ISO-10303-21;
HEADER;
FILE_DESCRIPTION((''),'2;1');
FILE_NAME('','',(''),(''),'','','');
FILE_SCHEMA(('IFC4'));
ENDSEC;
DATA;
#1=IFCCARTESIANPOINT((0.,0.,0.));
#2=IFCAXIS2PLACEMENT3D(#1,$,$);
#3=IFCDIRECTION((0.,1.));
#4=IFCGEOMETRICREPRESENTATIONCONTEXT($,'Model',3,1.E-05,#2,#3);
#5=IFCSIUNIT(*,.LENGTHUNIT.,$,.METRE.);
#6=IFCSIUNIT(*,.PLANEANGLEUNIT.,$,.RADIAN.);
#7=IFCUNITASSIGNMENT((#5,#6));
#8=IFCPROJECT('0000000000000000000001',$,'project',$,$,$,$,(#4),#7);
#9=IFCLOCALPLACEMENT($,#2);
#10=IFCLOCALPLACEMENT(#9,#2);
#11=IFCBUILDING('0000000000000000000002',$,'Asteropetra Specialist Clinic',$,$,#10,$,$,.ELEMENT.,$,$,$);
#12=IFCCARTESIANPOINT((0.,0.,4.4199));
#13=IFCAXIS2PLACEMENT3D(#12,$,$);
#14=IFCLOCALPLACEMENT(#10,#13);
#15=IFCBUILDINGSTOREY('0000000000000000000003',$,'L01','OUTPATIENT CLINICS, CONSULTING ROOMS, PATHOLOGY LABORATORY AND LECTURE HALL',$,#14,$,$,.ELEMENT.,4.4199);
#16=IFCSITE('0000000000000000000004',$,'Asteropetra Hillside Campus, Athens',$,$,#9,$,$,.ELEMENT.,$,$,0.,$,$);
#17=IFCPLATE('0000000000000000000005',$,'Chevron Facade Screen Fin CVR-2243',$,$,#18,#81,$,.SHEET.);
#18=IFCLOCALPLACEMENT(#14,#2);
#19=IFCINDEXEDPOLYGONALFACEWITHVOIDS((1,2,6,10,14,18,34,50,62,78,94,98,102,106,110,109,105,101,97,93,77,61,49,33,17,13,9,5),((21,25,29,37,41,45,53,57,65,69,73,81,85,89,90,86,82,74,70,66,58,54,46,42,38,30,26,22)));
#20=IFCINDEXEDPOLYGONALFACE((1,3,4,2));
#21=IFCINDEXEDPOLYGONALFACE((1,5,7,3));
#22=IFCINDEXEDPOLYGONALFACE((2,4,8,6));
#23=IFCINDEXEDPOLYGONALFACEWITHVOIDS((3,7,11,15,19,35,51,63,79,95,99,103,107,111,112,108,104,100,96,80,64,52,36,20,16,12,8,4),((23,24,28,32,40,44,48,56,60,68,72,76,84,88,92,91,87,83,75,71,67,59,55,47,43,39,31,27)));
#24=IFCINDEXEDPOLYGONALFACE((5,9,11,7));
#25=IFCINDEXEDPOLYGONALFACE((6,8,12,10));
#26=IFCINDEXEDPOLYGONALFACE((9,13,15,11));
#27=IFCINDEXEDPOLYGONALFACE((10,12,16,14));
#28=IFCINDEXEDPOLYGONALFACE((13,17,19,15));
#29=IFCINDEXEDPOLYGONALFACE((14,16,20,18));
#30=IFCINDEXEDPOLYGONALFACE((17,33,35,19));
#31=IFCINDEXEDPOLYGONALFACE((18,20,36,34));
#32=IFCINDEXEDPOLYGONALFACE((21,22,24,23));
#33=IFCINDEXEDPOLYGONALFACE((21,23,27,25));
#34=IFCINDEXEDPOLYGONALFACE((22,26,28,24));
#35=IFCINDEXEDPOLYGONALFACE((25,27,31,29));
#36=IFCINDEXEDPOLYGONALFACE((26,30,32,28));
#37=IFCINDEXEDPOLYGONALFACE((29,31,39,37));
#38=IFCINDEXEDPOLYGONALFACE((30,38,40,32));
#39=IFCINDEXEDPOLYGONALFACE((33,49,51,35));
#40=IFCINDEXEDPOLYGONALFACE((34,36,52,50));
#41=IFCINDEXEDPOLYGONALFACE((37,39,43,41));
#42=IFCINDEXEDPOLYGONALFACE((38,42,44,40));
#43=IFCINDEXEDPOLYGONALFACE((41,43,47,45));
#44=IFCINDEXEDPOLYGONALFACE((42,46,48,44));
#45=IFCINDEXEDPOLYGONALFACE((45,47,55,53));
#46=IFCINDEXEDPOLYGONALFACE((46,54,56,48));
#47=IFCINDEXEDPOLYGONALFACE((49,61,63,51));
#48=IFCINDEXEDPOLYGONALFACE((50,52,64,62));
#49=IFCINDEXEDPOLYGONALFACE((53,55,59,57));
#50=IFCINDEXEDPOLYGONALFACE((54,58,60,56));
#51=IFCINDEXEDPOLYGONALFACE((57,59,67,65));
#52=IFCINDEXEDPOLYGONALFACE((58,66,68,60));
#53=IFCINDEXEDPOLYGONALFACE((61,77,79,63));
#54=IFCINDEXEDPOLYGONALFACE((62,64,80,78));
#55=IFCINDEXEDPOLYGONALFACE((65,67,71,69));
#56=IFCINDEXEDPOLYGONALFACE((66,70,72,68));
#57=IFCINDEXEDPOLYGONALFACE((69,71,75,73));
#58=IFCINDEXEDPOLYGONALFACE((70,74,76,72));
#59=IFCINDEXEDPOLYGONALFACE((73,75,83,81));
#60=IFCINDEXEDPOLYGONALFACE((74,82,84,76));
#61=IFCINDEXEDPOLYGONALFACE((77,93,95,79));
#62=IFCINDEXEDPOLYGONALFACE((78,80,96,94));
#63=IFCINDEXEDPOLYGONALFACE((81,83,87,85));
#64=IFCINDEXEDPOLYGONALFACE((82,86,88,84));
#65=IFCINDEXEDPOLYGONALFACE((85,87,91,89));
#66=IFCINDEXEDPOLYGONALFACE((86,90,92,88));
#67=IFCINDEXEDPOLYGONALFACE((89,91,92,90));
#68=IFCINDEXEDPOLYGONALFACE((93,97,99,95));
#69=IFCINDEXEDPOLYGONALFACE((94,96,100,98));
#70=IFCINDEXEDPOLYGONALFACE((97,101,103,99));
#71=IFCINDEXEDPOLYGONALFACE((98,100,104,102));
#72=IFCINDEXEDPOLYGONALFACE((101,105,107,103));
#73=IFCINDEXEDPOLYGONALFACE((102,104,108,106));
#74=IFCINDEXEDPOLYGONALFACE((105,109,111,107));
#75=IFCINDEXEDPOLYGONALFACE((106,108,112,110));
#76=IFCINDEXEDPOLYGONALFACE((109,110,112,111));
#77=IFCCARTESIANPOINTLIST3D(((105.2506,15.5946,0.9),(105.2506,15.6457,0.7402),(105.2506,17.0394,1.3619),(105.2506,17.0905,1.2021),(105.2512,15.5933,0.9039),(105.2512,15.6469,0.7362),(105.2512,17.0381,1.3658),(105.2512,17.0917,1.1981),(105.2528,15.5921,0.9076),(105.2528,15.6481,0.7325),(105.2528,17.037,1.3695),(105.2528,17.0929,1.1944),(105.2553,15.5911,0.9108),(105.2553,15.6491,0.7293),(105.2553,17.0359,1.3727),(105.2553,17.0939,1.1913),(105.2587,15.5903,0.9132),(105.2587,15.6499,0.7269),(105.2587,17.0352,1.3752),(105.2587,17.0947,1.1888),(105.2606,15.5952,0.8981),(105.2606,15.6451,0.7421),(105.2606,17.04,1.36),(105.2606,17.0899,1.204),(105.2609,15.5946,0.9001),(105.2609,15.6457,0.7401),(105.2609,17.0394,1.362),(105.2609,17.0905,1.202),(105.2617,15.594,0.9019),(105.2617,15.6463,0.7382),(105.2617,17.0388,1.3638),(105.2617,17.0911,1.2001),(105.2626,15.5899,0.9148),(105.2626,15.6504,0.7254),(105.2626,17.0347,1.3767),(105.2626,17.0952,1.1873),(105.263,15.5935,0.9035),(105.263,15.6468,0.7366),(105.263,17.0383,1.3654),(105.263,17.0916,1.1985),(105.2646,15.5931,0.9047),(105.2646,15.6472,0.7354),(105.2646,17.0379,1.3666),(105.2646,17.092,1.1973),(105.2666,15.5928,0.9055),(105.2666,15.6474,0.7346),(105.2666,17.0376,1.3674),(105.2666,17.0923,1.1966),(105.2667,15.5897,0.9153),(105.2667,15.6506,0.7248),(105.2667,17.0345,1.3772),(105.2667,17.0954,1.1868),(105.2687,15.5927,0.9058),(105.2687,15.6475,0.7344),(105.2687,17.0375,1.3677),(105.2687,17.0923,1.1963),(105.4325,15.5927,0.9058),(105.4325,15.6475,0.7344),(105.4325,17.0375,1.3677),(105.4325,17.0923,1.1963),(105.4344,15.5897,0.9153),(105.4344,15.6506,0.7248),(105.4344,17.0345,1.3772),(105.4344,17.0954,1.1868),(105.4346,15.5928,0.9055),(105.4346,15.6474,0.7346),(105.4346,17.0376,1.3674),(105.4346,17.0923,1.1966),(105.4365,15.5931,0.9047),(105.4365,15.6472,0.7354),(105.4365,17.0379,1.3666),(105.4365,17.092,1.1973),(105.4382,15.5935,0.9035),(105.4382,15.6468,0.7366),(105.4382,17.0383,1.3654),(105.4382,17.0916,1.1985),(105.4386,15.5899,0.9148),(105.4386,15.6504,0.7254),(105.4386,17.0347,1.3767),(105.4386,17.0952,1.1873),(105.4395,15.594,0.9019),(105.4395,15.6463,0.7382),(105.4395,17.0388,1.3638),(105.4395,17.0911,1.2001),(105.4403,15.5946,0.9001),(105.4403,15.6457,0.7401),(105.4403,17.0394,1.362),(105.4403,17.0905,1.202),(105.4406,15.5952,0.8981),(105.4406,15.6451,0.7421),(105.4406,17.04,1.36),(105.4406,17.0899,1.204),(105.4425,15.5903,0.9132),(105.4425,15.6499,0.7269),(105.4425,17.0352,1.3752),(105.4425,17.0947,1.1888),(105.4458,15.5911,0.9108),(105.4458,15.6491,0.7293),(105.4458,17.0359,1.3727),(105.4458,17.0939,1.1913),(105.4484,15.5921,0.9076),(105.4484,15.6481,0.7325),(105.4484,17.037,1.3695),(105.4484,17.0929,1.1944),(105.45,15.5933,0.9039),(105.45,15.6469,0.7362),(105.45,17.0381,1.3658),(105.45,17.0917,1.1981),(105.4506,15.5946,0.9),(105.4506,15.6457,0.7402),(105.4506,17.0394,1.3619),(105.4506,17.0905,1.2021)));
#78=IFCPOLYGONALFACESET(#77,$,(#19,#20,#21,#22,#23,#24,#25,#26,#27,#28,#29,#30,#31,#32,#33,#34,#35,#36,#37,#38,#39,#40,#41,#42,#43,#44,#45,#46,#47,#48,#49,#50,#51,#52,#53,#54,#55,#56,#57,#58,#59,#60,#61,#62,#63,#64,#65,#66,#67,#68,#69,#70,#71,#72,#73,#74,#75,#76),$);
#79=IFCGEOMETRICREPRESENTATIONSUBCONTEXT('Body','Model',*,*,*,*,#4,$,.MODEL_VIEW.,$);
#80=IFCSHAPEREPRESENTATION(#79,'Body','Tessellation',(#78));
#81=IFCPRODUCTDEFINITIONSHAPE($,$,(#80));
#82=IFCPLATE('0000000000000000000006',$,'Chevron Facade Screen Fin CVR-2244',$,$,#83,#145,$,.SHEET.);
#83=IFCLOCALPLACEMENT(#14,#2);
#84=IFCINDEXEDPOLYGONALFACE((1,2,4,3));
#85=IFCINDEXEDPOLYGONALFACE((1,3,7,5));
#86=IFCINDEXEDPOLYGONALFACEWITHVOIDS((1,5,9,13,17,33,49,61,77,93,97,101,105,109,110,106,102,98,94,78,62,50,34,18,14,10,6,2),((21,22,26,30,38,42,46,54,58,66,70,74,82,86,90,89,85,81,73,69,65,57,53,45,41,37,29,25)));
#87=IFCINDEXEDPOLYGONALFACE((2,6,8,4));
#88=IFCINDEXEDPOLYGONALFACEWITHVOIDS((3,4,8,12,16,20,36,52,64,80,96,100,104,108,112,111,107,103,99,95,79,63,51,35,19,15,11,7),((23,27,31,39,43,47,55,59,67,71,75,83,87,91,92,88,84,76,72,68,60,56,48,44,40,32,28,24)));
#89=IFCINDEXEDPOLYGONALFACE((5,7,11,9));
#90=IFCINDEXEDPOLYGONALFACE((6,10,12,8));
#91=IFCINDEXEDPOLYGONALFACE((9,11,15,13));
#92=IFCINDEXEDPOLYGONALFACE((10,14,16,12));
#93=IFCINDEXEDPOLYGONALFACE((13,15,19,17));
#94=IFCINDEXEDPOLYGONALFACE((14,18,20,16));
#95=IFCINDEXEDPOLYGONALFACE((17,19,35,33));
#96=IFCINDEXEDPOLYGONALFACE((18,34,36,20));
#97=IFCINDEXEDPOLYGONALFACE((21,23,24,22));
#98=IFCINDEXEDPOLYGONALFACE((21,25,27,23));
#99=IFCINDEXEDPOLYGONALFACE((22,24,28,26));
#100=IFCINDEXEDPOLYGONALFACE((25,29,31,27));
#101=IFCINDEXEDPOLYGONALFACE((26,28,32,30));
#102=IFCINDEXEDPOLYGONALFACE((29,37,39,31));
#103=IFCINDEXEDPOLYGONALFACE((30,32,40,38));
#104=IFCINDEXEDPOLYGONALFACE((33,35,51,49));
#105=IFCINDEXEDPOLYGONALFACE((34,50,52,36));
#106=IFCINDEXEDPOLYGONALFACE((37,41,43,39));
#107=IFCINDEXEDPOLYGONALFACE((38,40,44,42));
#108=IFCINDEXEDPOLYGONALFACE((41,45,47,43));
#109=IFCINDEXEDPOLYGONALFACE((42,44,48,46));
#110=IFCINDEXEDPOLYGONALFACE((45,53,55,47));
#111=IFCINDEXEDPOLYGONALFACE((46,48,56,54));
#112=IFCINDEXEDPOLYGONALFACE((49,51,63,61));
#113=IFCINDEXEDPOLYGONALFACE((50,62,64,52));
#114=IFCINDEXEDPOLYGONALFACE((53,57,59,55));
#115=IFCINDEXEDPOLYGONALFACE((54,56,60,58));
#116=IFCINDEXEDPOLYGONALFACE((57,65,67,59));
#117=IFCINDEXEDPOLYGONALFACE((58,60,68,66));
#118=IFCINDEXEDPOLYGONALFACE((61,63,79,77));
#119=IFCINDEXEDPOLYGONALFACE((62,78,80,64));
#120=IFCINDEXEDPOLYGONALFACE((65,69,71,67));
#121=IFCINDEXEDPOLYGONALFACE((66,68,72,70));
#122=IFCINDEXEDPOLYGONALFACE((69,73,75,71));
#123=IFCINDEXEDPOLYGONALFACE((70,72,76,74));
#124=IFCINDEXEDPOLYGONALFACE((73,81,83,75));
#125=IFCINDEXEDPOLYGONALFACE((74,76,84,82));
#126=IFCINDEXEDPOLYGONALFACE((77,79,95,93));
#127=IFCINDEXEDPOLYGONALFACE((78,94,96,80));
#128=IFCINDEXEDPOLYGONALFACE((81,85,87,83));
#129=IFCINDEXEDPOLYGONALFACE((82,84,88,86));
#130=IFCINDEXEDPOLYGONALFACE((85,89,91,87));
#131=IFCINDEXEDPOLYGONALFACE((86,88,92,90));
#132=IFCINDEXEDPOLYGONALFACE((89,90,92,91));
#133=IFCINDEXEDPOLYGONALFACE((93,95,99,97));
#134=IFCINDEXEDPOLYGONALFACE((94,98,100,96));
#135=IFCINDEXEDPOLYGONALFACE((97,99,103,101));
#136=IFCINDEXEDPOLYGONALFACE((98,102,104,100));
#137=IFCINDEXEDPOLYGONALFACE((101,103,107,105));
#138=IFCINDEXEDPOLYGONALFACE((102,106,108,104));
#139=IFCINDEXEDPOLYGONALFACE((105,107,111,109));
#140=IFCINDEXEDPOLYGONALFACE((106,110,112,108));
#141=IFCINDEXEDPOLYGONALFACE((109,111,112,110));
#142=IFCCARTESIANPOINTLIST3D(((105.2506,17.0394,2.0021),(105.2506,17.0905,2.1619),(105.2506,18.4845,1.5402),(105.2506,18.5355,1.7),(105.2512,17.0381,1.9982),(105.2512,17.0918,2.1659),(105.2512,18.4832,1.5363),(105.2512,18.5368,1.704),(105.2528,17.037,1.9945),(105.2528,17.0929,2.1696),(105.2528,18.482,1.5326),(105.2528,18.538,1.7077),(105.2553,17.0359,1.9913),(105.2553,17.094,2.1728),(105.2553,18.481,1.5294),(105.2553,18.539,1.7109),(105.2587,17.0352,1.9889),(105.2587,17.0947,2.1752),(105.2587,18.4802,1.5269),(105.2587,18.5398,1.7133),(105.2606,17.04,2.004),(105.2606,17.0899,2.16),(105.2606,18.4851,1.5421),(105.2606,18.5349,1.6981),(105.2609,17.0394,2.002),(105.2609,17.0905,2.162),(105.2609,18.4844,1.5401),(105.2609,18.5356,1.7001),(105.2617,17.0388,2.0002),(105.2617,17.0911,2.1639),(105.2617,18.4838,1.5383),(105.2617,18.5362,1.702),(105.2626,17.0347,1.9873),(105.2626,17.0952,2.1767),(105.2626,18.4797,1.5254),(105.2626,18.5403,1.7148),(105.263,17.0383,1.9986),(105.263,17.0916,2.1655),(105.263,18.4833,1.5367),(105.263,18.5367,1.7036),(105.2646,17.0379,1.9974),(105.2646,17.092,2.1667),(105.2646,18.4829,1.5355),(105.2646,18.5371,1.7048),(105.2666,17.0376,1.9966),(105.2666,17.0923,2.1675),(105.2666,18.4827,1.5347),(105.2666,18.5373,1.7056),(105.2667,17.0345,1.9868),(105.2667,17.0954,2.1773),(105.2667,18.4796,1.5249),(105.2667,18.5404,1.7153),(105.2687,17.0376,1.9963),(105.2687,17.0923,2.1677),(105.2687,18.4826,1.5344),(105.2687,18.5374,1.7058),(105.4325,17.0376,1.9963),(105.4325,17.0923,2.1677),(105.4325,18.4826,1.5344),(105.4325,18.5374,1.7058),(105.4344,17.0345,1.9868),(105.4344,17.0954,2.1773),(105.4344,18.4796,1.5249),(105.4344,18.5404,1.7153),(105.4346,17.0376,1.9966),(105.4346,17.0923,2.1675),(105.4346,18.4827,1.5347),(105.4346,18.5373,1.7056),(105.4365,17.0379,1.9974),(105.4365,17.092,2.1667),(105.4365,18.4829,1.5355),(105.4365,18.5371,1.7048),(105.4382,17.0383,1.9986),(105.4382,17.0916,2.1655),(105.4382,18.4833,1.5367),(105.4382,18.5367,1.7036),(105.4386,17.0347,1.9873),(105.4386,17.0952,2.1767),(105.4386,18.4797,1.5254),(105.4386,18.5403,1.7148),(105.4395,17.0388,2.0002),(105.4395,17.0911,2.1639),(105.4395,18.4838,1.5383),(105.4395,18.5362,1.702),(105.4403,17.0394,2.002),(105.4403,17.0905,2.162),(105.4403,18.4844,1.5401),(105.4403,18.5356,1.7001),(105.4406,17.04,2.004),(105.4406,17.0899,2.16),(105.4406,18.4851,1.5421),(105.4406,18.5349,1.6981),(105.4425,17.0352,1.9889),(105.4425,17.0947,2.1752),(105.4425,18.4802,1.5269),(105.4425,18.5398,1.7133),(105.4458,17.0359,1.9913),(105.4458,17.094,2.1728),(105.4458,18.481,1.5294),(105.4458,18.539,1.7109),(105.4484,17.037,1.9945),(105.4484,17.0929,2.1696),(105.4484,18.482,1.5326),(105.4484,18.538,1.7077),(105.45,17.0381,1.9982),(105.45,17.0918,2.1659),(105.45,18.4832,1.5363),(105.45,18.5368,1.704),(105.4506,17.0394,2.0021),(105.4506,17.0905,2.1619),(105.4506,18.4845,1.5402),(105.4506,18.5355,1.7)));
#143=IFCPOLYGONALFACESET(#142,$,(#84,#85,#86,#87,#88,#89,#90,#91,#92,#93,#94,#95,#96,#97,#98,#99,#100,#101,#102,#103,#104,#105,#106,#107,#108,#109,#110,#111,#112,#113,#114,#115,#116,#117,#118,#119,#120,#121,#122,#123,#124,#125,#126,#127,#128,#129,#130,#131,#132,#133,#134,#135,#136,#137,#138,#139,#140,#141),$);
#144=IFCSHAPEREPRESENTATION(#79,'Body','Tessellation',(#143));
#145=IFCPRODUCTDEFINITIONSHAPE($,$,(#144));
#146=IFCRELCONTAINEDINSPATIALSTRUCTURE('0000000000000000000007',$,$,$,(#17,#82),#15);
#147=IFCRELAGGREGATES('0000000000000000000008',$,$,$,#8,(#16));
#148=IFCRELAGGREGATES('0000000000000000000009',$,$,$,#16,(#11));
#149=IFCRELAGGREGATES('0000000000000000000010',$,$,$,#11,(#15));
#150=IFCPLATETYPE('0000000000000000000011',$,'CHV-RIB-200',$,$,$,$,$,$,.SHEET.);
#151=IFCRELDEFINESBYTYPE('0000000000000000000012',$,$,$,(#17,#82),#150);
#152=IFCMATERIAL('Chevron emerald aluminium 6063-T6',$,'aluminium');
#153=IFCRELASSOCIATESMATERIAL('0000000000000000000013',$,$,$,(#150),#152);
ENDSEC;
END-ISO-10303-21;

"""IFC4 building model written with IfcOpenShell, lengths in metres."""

from ifc_helpers import new_model, si_unit, direction, frame, origin, origin_2d, place, context, subcontext, project, spatial, hollow_rectangle, extrude, material, material_profile, profile_set, type_object, element, save


model = new_model("IFC4")

# Units and contexts
model_context = context("Model", 3, precision=1e-05, world=origin(), true_north=direction((0.0, 1.0)))
body_context = subcontext(model_context, "Body", "Model", "MODEL_VIEW")
ifc_project = project(units=[si_unit("LENGTHUNIT", "METRE"), si_unit("PLANEANGLEUNIT", "RADIAN")], contexts=[model_context])

# Site, building, storey
site_placement = place(None, origin())
site = spatial("IfcSite", under=ifc_project, at=site_placement, Name="Asteropetra Hillside Campus, Athens", CompositionType="ELEMENT", RefElevation=0.0)
building_placement = place(site_placement, origin())
building = spatial("IfcBuilding", under=site, at=building_placement, Name="Asteropetra Specialist Clinic", CompositionType="ELEMENT")
storey_placement = place(building_placement, frame((0.0, 0.0, 4.4199)))
storey = spatial("IfcBuildingStorey", under=building, at=storey_placement, Name="L01", Description="OUTPATIENT CLINICS, CONSULTING ROOMS, PATHOLOGY LABORATORY AND LECTURE HALL", CompositionType="ELEMENT", Elevation=4.4199)

# Plates
ifc_material_1 = material(Name="Chevron emerald aluminium 6063-T6", Category="aluminium")
ifc_material_profile = material_profile(ifc_material_1, hollow_rectangle(XDim=0.2, YDim=0.2, WallThickness=0.01, InnerFilletRadius=0.0081, OuterFilletRadius=0.0161, at=origin_2d()), Name="SHS 200x200x10.0")
ifc_profile_set = profile_set([ifc_material_profile], Name="Chevron emerald aluminium 6063-T6")
plate_type = type_object("IfcPlateType", Name="CHV-RIB-200", PredefinedType="SHEET", material=ifc_profile_set)
plate_1_placement = place(storey_placement, frame((105.3506, 17.0649, 1.282), z_axis=(0.0, -0.952506, -0.304519), x_axis=(1.0, 0.0, 0.0)))
element("IfcPlate", 1, at=plate_1_placement, inside=storey, type_object=plate_type, Name="Chevron Facade Screen Fin CVR-2243", PredefinedType="SHEET", context=body_context, shape_type="SweptSolid", body=[
    extrude(hollow_rectangle(XDim=0.2, YDim=0.2, WallThickness=0.01, InnerFilletRadius=0.0081, OuterFilletRadius=0.0161, at=origin_2d()), origin(), (0.0, 0.0, 1.0), 1.5168),
])
plate_2_placement = place(storey_placement, frame((105.3506, 18.51, 1.6201), z_axis=(0.0, -0.952521, 0.304472), x_axis=(1.0, 0.0, 0.0)))
element("IfcPlate", 2, at=plate_2_placement, inside=storey, type_object=plate_type, Name="Chevron Facade Screen Fin CVR-2244", PredefinedType="SHEET", context=body_context, shape_type="SweptSolid", body=[
    extrude(hollow_rectangle(XDim=0.2, YDim=0.2, WallThickness=0.01, InnerFilletRadius=0.0081, OuterFilletRadius=0.0161, at=origin_2d()), origin(), (0.0, 0.0, 1.0), 1.5171),
])

save(model, "model.ifc")
